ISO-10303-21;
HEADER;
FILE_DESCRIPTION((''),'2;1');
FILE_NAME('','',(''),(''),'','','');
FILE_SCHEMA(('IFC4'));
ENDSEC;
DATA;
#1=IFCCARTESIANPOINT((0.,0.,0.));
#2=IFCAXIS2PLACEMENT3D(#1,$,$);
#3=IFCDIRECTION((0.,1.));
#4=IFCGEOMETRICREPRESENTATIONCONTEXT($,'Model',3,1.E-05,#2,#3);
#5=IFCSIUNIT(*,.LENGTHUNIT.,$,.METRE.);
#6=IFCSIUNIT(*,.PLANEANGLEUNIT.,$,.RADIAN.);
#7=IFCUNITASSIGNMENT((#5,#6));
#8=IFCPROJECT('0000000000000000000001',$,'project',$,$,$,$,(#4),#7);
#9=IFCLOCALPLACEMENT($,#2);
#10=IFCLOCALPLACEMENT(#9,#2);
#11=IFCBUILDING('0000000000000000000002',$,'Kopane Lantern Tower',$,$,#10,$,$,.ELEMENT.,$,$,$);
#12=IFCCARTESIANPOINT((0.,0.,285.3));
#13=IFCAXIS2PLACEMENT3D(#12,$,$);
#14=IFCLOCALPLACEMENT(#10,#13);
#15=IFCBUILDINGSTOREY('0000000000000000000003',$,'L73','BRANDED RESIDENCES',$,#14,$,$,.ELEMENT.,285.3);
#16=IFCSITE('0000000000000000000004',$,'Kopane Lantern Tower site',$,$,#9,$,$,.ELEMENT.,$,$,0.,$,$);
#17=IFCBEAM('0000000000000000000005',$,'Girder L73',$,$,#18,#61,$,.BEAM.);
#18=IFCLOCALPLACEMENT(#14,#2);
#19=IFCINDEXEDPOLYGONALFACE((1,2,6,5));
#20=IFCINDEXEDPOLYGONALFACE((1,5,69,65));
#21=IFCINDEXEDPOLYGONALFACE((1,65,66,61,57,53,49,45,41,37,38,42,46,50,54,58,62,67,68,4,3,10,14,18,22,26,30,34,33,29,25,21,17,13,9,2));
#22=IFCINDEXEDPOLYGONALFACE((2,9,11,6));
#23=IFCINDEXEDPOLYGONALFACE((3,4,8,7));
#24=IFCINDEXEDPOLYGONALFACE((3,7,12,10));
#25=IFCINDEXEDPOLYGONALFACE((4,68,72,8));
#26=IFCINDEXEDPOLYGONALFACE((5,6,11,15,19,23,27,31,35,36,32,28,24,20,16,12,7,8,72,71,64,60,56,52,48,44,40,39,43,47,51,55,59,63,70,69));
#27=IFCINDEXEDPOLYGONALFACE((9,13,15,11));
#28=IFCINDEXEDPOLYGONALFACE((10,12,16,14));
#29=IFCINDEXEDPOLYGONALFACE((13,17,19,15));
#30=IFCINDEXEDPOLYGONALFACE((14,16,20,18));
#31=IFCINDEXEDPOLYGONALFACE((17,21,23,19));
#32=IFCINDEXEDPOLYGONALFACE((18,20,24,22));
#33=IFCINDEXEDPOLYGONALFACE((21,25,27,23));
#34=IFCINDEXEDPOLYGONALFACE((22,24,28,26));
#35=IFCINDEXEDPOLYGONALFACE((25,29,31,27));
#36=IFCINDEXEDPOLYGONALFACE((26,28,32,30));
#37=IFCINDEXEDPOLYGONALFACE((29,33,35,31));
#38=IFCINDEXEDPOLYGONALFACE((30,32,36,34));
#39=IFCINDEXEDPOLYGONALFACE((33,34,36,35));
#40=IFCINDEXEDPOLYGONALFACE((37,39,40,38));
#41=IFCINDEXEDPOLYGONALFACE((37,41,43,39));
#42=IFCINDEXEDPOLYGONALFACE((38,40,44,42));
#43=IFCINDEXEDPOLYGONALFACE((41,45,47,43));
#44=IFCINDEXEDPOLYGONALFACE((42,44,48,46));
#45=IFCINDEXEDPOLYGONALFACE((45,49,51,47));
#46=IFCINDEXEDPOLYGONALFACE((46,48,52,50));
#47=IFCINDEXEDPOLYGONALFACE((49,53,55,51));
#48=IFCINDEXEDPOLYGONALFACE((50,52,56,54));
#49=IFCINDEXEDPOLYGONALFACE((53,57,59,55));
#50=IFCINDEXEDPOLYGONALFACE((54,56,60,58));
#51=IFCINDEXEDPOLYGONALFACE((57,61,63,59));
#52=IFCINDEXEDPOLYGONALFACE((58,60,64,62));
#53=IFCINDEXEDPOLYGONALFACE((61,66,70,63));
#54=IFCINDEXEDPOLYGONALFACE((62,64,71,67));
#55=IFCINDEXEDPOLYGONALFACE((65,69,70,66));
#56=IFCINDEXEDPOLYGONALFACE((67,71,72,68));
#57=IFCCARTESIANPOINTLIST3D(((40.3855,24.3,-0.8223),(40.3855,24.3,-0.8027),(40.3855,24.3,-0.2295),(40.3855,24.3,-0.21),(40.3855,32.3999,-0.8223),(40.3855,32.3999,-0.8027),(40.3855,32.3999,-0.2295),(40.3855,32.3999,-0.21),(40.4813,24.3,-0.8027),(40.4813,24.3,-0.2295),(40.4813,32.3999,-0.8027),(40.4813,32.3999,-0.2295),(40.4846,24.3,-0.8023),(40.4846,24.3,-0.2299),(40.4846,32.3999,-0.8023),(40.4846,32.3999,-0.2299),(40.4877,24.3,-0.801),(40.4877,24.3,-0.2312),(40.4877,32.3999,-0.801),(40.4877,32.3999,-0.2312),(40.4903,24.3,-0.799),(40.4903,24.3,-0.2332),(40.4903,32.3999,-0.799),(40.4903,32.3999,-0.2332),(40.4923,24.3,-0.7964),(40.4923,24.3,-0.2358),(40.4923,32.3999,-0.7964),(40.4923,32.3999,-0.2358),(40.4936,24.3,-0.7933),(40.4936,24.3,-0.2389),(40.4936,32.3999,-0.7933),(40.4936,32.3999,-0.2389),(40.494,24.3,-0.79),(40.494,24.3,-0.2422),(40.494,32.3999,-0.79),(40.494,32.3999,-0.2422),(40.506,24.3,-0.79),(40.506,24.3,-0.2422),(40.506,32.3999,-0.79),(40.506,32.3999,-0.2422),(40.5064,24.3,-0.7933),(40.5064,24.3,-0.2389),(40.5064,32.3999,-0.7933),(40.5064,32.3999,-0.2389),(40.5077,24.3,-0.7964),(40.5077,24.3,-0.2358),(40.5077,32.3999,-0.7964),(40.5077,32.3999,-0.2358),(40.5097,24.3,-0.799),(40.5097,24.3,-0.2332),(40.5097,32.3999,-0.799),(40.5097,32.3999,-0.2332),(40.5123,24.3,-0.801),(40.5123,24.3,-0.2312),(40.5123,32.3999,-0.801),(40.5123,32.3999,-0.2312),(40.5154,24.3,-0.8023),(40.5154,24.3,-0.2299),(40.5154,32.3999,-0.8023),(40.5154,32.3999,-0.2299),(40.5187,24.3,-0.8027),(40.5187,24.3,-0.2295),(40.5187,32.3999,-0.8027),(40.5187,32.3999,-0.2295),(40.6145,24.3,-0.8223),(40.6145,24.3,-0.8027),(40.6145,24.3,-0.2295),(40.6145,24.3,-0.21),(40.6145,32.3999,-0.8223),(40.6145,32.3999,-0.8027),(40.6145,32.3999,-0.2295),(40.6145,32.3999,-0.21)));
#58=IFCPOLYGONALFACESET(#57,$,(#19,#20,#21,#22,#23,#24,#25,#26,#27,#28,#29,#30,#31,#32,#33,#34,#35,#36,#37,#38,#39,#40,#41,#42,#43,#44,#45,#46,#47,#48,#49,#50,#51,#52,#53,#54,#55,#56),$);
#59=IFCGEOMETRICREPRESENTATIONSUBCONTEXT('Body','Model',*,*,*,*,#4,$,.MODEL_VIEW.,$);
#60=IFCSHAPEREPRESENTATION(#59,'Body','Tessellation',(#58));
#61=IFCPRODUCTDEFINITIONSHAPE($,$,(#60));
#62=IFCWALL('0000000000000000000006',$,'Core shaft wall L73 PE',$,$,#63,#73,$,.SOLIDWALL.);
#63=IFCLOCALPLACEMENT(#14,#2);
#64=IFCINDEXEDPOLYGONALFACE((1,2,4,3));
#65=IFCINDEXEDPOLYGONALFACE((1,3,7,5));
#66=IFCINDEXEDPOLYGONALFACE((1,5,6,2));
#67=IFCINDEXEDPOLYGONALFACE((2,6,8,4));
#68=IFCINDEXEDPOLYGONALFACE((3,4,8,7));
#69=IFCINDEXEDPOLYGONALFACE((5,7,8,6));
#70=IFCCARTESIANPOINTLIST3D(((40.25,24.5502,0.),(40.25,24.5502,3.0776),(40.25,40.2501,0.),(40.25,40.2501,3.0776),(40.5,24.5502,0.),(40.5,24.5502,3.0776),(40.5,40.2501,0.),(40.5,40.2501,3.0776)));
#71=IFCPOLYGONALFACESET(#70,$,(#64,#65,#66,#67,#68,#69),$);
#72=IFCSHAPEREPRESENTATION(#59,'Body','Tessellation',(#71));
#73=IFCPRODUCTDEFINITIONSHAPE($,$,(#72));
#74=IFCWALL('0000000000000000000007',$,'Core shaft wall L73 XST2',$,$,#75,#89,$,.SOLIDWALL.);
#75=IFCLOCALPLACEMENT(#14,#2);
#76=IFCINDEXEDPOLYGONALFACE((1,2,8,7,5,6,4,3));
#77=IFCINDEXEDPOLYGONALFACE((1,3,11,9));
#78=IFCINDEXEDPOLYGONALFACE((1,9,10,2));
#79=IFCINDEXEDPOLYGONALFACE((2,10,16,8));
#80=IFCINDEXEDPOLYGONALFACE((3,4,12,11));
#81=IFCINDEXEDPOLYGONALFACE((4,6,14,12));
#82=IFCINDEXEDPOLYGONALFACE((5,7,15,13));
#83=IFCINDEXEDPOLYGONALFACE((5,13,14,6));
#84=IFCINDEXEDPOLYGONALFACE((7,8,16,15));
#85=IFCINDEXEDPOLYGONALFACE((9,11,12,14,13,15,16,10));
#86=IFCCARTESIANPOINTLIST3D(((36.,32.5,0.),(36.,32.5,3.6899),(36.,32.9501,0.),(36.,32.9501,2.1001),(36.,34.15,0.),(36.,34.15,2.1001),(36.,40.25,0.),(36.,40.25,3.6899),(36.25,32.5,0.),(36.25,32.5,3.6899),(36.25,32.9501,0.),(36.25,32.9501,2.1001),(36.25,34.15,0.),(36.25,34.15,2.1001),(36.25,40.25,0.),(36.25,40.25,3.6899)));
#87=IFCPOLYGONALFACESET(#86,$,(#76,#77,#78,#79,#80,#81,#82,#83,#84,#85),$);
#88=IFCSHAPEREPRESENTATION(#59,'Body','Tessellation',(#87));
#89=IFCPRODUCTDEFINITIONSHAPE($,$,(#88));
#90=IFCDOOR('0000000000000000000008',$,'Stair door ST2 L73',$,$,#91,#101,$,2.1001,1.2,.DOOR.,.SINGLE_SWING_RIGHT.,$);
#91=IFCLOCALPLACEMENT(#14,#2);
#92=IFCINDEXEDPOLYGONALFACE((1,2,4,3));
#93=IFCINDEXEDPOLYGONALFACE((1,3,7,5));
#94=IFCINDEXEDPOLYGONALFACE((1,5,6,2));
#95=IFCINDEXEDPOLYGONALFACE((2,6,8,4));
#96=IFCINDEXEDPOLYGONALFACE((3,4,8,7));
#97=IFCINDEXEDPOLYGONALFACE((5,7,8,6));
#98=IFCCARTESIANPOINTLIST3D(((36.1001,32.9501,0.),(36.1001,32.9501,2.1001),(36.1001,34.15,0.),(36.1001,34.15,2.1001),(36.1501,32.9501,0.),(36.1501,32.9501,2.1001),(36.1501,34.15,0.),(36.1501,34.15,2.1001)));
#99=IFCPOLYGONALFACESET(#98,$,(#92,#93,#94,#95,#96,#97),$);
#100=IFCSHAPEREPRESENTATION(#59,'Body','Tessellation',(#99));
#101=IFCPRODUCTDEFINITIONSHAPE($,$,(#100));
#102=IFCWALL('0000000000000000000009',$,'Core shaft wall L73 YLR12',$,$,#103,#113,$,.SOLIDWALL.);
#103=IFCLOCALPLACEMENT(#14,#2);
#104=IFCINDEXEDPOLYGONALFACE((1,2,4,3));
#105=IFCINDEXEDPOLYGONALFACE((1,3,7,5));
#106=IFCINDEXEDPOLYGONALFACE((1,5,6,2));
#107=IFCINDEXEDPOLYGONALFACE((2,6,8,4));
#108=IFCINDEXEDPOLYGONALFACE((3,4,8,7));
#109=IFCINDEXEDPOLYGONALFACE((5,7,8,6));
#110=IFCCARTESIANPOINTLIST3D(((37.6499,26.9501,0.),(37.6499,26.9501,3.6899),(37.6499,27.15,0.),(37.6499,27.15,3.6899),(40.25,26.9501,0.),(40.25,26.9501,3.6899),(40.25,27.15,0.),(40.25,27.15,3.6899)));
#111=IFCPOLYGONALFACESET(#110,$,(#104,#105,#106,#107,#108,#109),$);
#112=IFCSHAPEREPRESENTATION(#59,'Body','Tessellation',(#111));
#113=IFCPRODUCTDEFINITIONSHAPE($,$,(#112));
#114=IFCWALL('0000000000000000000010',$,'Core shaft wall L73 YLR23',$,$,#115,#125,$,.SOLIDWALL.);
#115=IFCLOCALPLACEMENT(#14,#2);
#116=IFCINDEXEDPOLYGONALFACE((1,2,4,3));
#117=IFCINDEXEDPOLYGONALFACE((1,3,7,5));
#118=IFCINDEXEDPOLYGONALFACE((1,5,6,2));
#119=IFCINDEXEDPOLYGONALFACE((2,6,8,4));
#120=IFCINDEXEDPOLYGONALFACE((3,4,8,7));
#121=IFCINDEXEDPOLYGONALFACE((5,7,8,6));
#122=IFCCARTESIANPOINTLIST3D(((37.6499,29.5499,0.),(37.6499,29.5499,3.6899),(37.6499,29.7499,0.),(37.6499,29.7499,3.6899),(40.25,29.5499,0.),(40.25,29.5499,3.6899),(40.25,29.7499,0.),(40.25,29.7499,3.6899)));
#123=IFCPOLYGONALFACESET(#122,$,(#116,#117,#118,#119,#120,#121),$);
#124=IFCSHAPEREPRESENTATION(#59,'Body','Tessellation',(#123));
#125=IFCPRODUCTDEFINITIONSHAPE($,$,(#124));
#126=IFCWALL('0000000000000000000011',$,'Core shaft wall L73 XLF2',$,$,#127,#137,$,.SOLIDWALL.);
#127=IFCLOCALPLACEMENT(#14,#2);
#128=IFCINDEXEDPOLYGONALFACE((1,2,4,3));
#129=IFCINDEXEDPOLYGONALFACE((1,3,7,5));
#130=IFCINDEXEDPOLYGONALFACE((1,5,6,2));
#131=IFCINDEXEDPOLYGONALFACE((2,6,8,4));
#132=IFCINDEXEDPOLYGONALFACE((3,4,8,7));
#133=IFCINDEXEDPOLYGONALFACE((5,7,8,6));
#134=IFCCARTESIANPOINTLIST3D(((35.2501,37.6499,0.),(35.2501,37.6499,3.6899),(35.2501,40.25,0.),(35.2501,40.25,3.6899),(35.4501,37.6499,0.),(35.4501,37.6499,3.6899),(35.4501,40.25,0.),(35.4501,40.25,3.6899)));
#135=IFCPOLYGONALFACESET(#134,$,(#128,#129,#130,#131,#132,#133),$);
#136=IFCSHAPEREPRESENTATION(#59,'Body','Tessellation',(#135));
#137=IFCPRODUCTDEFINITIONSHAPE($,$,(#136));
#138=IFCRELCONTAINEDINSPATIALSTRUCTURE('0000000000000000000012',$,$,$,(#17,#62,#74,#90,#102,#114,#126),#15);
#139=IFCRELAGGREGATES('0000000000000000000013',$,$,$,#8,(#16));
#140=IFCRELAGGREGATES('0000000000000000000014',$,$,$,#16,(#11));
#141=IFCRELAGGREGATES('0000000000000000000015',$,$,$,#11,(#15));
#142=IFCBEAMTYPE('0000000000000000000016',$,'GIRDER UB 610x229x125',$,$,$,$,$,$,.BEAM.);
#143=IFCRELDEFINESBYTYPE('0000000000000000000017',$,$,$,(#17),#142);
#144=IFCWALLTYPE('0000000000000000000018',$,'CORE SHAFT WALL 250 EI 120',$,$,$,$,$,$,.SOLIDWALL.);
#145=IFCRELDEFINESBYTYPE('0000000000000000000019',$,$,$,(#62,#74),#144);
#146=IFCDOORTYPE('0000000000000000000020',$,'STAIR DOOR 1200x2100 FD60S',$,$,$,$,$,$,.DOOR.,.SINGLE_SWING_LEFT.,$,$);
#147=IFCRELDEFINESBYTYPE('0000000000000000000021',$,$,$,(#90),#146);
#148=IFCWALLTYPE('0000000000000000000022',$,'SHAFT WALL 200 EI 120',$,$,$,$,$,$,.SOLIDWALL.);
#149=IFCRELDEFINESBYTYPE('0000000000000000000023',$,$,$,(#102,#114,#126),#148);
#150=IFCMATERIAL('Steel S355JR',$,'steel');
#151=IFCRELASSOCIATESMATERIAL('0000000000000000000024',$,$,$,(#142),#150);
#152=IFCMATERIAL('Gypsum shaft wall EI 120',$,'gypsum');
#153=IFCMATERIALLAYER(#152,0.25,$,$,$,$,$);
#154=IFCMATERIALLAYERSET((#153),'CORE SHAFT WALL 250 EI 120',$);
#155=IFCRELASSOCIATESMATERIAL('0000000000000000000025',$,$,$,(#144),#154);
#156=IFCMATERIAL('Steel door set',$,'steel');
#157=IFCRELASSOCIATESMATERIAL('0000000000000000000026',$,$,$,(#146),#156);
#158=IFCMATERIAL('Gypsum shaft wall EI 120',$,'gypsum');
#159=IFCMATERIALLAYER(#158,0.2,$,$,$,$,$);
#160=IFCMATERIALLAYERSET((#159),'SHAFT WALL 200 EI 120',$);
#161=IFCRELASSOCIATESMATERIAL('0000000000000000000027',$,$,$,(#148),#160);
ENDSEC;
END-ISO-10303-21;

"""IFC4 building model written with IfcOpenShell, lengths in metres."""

from ifc_helpers import new_model, si_unit, direction, frame, frame_2d, origin, origin_2d, place, context, subcontext, project, spatial, rectangle, i_section, extrude, material, layer, layer_set, material_profile, profile_set, type_object, element, fill, save


model = new_model("IFC4")

# Units and contexts
model_context = context("Model", 3, precision=1e-05, world=origin(), true_north=direction((0.0, 1.0)))
body_context = subcontext(model_context, "Body", "Model", "MODEL_VIEW")
ifc_project = project(units=[si_unit("LENGTHUNIT", "METRE"), si_unit("PLANEANGLEUNIT", "RADIAN")], contexts=[model_context])

# Site, building, storey
site_placement = place(None, origin())
site = spatial("IfcSite", under=ifc_project, at=site_placement, Name="Kopane Lantern Tower site", CompositionType="ELEMENT", RefElevation=0.0)
building_placement = place(site_placement, origin())
building = spatial("IfcBuilding", under=site, at=building_placement, Name="Kopane Lantern Tower", CompositionType="ELEMENT")
storey_placement = place(building_placement, frame((0.0, 0.0, 285.3)))
storey = spatial("IfcBuildingStorey", under=building, at=storey_placement, Name="L73", Description="BRANDED RESIDENCES", CompositionType="ELEMENT", Elevation=285.3)

# Beam
ifc_material_1 = material(Name="Steel S355JR", Category="steel")
ifc_material_profile = material_profile(ifc_material_1, i_section(OverallWidth=0.229, OverallDepth=0.6123, WebThickness=0.012, FlangeThickness=0.0195, FilletRadius=0.0127, at=origin_2d()), Name="UB 610x229x125")
ifc_profile_set = profile_set([ifc_material_profile], Name="Steel S355JR")
beam_type = type_object("IfcBeamType", Name="GIRDER UB 610x229x125", PredefinedType="BEAM", material=ifc_profile_set)
beam_placement = place(storey_placement, frame((40.5, 24.3, -0.5161), z_axis=(0.0, 1.0, 0.0), x_axis=(-1.0, 0.0, 0.0)))
element("IfcBeam", 1, at=beam_placement, inside=storey, type_object=beam_type, Name="Girder L73", PredefinedType="BEAM", context=body_context, shape_type="SweptSolid", body=[
    extrude(i_section(OverallWidth=0.229, OverallDepth=0.6123, WebThickness=0.012, FlangeThickness=0.0195, FilletRadius=0.0127, at=origin_2d()), origin(), (0.0, 0.0, 1.0), 8.0999),
])

# Wall
ifc_material_2 = material(Name="Gypsum shaft wall EI 120", Category="gypsum")
ifc_layer_1 = layer(ifc_material_2, 0.25)
ifc_layer_set_1 = layer_set([ifc_layer_1], Name="CORE SHAFT WALL 250 EI 120")
wall_type_1 = type_object("IfcWallType", Name="CORE SHAFT WALL 250 EI 120", PredefinedType="SOLIDWALL", material=ifc_layer_set_1)
wall_1_placement = place(storey_placement, frame((40.375, 24.55, 0.0), z_axis=(0.0, 0.0, 1.0), x_axis=(0.0, 1.0, 0.0)))
element("IfcWall", 2, at=wall_1_placement, inside=storey, type_object=wall_type_1, Name="Core shaft wall L73 PE", PredefinedType="SOLIDWALL", context=body_context, shape_type="SweptSolid", body=[
    extrude(rectangle(XDim=15.7, YDim=0.25, at=frame_2d((7.8501, 0.0))), origin(), (0.0, 0.0, 1.0), 3.0776),
])

# Wall, opening, door
wall_2_placement = place(storey_placement, frame((36.125, 32.5, 0.0), z_axis=(0.0, 0.0, 1.0), x_axis=(0.0, 1.0, 0.0)))
wall_2 = element("IfcWall", 3, at=wall_2_placement, inside=storey, type_object=wall_type_1, Name="Core shaft wall L73 XST2", PredefinedType="SOLIDWALL", context=body_context, shape_type="SweptSolid", body=[
    extrude(rectangle(XDim=7.75, YDim=0.25, at=frame_2d((3.875, 0.0))), origin(), (0.0, 0.0, 1.0), 3.6899),
])
opening_1_placement = place(wall_2_placement, frame((0.45, 0.0, 0.0)))
opening_1 = element("IfcOpeningElement", 4, at=opening_1_placement, cuts=wall_2, PredefinedType="OPENING", context=body_context, shape_type="SweptSolid", body=[
    extrude(rectangle(XDim=1.2, YDim=2.1001, at=frame_2d((0.6001, 1.05))), frame((0.0, 0.135, 0.0), z_axis=(0.0, -1.0, 0.0), x_axis=(1.0, 0.0, 0.0)), (0.0, 0.0, 1.0), 0.27),
])
ifc_material_3 = material(Name="Steel door set", Category="steel")
door_type_1 = type_object("IfcDoorType", Name="STAIR DOOR 1200x2100 FD60S", OperationType="SINGLE_SWING_LEFT", PredefinedType="DOOR", material=ifc_material_3)
door_1_placement = place(opening_1_placement, origin())
door_1 = element("IfcDoor", 5, at=door_1_placement, inside=storey, type_object=door_type_1, Name="Stair door ST2 L73", OperationType="SINGLE_SWING_RIGHT", OverallHeight=2.1001, OverallWidth=1.2, PredefinedType="DOOR", context=body_context, shape_type="SweptSolid", body=[
    extrude(rectangle(XDim=1.2, YDim=2.1001, at=frame_2d((0.6001, 1.05))), frame((0.0, 0.0249, 0.0), z_axis=(0.0, -1.0, 0.0), x_axis=(1.0, 0.0, 0.0)), (0.0, 0.0, 1.0), 0.05),
])
fill(opening_1, door_1)

# Walls
ifc_material_4 = material(Name="Gypsum shaft wall EI 120", Category="gypsum")
ifc_layer_2 = layer(ifc_material_4, 0.2)
ifc_layer_set_2 = layer_set([ifc_layer_2], Name="SHAFT WALL 200 EI 120")
wall_type_2 = type_object("IfcWallType", Name="SHAFT WALL 200 EI 120", PredefinedType="SOLIDWALL", material=ifc_layer_set_2)
for number, where, z_axis, x_axis, name in (
    (6, (37.6499, 27.05, 0.0), (0.0, 0.0, 1.0), (1.0, 0.0, 0.0), "Core shaft wall L73 YLR12"),
    (7, (37.6499, 29.6499, 0.0), (0.0, 0.0, 1.0), (1.0, 0.0, 0.0), "Core shaft wall L73 YLR23"),
    (8, (35.3501, 37.6499, 0.0), (0.0, 0.0, 1.0), (0.0, 1.0, 0.0), "Core shaft wall L73 XLF2"),
):
    element("IfcWall", number, at=place(storey_placement, frame(where, z_axis=z_axis, x_axis=x_axis)), inside=storey, type_object=wall_type_2, Name=name, PredefinedType="SOLIDWALL", context=body_context, shape_type="SweptSolid", body=[
        extrude(rectangle(XDim=2.6001, YDim=0.2, at=frame_2d((1.3, 0.0))), origin(), (0.0, 0.0, 1.0), 3.6899),
    ])

save(model, "model.ifc")
